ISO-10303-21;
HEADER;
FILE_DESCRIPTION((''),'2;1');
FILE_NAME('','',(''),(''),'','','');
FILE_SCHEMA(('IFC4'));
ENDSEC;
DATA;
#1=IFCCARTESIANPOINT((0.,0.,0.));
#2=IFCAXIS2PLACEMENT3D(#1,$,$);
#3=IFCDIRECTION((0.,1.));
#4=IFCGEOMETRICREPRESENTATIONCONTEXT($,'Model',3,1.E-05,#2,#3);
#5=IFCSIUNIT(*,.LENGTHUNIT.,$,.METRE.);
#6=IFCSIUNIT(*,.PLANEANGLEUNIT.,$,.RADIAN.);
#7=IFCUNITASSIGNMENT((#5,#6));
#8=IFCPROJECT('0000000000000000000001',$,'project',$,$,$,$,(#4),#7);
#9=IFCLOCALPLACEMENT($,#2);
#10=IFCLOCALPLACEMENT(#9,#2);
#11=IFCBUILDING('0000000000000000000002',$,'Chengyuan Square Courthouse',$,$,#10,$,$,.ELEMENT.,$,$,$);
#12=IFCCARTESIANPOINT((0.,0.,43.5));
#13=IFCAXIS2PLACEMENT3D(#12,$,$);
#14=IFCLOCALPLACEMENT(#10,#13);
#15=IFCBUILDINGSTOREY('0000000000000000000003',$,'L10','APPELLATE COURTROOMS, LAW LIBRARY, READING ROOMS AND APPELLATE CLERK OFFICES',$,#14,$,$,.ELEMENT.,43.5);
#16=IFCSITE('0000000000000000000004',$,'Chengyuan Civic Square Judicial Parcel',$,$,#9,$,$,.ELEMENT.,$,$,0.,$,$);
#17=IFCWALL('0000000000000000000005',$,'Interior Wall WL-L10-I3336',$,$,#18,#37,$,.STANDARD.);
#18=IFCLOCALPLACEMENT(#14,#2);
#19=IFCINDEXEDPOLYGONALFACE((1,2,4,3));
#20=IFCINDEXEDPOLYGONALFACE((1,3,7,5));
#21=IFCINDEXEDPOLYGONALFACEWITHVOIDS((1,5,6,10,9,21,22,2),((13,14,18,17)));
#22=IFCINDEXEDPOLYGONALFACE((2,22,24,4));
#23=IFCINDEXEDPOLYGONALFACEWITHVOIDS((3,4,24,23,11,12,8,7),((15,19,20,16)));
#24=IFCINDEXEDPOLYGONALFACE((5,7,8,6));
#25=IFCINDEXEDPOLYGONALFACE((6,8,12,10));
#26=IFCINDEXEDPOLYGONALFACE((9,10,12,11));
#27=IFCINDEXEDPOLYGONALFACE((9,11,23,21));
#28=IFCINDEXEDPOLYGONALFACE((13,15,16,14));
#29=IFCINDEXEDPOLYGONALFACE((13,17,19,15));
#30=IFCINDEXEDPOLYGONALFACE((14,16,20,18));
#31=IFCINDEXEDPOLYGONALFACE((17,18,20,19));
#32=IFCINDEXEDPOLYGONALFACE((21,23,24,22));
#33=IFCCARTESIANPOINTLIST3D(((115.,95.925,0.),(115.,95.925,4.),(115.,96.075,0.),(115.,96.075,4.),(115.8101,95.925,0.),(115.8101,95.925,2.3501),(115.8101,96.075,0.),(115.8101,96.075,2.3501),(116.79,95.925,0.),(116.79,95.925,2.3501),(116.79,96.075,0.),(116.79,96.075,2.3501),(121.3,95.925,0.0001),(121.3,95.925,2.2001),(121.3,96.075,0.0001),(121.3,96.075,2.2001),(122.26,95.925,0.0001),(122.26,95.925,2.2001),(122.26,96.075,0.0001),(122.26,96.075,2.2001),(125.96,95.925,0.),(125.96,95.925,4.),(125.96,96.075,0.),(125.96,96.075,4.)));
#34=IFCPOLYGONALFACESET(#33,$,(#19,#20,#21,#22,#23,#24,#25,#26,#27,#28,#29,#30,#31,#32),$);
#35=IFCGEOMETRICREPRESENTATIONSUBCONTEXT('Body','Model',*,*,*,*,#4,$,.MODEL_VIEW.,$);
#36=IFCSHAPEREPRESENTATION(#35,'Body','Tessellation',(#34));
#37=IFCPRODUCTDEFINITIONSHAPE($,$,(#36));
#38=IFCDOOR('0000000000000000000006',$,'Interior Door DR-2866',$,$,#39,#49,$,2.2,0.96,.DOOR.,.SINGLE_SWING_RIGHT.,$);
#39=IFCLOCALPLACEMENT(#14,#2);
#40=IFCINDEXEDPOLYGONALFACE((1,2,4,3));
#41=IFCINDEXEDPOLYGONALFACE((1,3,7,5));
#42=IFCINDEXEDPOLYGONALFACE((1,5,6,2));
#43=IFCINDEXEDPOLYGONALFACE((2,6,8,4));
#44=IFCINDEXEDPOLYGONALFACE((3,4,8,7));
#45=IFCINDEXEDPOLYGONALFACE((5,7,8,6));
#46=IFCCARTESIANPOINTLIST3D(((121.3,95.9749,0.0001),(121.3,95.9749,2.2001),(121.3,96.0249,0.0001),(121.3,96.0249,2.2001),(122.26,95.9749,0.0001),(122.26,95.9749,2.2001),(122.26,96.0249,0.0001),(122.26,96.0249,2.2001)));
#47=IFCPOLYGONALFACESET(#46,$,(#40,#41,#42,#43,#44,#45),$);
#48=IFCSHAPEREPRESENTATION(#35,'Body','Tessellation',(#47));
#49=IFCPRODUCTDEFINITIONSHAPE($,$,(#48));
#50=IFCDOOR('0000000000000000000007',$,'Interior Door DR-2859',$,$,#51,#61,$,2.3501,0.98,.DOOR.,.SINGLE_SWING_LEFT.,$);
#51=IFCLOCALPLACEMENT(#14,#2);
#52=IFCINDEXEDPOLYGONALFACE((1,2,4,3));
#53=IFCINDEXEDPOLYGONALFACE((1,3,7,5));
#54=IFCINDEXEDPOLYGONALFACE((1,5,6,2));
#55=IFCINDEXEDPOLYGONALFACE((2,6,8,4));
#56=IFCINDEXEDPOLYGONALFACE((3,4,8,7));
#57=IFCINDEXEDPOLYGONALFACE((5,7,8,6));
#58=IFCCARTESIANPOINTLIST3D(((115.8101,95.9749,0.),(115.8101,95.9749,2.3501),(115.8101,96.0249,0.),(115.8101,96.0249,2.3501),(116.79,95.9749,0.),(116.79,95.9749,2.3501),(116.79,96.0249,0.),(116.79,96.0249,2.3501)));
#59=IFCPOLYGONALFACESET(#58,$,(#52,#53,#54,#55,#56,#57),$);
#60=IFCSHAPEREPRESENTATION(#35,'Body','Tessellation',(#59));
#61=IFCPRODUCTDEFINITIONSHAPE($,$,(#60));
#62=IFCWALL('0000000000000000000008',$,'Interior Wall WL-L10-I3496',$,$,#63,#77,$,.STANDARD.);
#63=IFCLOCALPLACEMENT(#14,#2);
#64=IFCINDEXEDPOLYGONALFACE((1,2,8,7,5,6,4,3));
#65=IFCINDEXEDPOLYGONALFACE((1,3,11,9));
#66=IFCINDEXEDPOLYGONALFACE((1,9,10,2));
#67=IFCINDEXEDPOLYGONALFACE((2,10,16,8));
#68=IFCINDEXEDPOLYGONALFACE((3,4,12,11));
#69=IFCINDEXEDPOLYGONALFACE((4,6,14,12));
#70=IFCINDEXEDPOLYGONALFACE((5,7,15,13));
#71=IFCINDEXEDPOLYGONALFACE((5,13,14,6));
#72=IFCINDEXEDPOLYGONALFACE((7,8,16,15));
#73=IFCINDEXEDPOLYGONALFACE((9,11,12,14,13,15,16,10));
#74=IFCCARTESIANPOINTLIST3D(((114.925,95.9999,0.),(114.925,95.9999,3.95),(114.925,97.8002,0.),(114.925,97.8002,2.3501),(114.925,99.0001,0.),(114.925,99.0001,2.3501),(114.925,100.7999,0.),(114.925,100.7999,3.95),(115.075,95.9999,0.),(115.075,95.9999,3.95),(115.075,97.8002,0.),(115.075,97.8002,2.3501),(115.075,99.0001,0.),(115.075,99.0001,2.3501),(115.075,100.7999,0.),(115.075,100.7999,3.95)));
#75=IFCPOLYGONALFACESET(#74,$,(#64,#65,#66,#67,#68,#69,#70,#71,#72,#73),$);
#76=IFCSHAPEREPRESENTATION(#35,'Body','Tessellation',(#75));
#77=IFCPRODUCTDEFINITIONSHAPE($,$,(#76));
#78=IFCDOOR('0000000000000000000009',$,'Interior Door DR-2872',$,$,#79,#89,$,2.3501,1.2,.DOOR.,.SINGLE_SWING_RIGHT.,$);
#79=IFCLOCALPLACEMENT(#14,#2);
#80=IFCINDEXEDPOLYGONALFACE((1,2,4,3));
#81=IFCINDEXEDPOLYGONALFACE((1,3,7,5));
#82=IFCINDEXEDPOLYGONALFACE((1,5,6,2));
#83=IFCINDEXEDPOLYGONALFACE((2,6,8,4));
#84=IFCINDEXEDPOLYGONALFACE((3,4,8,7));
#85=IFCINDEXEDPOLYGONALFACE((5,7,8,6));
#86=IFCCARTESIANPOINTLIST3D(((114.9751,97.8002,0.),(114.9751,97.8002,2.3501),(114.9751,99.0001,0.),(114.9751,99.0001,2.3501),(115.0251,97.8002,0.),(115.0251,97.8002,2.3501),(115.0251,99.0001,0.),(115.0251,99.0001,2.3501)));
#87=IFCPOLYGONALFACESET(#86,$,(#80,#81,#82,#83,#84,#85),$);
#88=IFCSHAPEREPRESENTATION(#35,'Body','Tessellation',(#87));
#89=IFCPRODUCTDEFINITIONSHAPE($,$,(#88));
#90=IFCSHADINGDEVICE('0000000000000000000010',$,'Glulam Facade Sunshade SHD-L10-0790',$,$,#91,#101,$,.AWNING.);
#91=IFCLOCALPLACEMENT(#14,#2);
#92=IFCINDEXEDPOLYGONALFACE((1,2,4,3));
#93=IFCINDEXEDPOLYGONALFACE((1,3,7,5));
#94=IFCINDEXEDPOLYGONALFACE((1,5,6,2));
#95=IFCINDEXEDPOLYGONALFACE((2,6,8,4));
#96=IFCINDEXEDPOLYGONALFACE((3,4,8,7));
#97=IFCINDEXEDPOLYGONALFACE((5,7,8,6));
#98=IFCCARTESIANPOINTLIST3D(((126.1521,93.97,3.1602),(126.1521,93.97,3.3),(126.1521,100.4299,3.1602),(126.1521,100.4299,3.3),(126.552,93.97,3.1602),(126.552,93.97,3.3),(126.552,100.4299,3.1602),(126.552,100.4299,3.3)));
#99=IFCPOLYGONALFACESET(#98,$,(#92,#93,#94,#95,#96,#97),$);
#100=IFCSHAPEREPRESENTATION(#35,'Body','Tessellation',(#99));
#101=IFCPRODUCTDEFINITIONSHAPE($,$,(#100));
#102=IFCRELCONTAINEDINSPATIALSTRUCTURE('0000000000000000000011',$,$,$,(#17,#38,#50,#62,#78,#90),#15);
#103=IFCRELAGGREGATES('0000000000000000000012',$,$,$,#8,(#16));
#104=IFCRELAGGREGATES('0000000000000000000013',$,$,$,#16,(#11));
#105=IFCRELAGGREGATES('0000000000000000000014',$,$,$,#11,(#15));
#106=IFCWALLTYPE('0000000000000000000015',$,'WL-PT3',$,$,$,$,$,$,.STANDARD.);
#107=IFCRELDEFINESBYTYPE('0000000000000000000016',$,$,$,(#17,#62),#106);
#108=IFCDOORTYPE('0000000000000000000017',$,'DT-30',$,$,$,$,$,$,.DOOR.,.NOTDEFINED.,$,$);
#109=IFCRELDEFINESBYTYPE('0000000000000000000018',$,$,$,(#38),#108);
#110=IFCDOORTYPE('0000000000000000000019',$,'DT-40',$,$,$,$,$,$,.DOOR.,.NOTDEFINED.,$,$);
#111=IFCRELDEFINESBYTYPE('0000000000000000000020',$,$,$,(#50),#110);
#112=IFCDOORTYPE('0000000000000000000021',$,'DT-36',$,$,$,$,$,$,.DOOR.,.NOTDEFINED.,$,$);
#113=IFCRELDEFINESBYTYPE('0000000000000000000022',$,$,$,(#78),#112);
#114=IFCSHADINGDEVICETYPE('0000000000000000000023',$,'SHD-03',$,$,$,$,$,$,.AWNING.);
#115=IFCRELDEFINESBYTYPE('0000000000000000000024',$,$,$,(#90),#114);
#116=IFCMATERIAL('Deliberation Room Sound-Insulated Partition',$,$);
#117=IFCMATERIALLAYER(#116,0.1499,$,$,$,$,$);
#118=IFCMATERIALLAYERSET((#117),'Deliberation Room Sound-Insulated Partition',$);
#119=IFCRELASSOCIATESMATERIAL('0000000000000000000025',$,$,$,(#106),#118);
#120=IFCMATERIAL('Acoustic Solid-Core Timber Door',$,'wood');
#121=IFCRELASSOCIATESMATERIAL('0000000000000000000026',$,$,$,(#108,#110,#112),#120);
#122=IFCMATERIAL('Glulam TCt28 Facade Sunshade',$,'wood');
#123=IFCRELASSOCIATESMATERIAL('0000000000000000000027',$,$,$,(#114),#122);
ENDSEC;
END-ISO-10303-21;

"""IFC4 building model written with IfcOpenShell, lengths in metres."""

from ifc_helpers import new_model, si_unit, direction, frame, frame_2d, origin, origin_2d, place, context, subcontext, project, spatial, rectangle, extrude, material, layer, layer_set, type_object, element, fill, save


model = new_model("IFC4")

# Units and contexts
model_context = context("Model", 3, precision=1e-05, world=origin(), true_north=direction((0.0, 1.0)))
body_context = subcontext(model_context, "Body", "Model", "MODEL_VIEW")
ifc_project = project(units=[si_unit("LENGTHUNIT", "METRE"), si_unit("PLANEANGLEUNIT", "RADIAN")], contexts=[model_context])

# Site, building, storey
site_placement = place(None, origin())
site = spatial("IfcSite", under=ifc_project, at=site_placement, Name="Chengyuan Civic Square Judicial Parcel", CompositionType="ELEMENT", RefElevation=0.0)
building_placement = place(site_placement, origin())
building = spatial("IfcBuilding", under=site, at=building_placement, Name="Chengyuan Square Courthouse", CompositionType="ELEMENT")
storey_placement = place(building_placement, frame((0.0, 0.0, 43.5)))
storey = spatial("IfcBuildingStorey", under=building, at=storey_placement, Name="L10", Description="APPELLATE COURTROOMS, LAW LIBRARY, READING ROOMS AND APPELLATE CLERK OFFICES", CompositionType="ELEMENT", Elevation=43.5)

# Wall, openings, doors
ifc_material_1 = material(Name="Deliberation Room Sound-Insulated Partition")
ifc_layer_1 = layer(ifc_material_1, 0.1499)
ifc_layer_set_1 = layer_set([ifc_layer_1], Name="Deliberation Room Sound-Insulated Partition")
wall_type_1 = type_object("IfcWallType", Name="WL-PT3", PredefinedType="STANDARD", material=ifc_layer_set_1)
wall_1_placement = place(storey_placement, frame((115.0, 96.0, 0.0), z_axis=(0.0, 0.0, 1.0), x_axis=(1.0, 0.0, 0.0)))
wall_1 = element("IfcWall", 1, at=wall_1_placement, inside=storey, type_object=wall_type_1, Name="Interior Wall WL-L10-I3336", PredefinedType="STANDARD", context=body_context, shape_type="SweptSolid", body=[
    extrude(rectangle(XDim=10.96, YDim=0.1499, at=frame_2d((5.48, 0.0))), origin(), (0.0, 0.0, 1.0), 4.0),
])
opening_1_placement = place(wall_1_placement, frame((0.8101, 0.0, 0.0)))
opening_1 = element("IfcOpeningElement", 2, at=opening_1_placement, cuts=wall_1, PredefinedType="OPENING", context=body_context, shape_type="SweptSolid", body=[
    extrude(rectangle(XDim=0.98, YDim=2.3501, at=frame_2d((0.49, 1.175))), frame((0.0, 0.0869, 0.0), z_axis=(0.0, -1.0, 0.0), x_axis=(1.0, 0.0, 0.0)), (0.0, 0.0, 1.0), 0.1738),
])
opening_2_placement = place(wall_1_placement, frame((6.3, 0.0, 0.0)))
opening_2 = element("IfcOpeningElement", 3, at=opening_2_placement, cuts=wall_1, PredefinedType="OPENING", context=body_context, shape_type="SweptSolid", body=[
    extrude(rectangle(XDim=0.96, YDim=2.2, at=frame_2d((0.48, 1.1001))), frame((0.0, 0.0869, 0.0), z_axis=(0.0, -1.0, 0.0), x_axis=(1.0, 0.0, 0.0)), (0.0, 0.0, 1.0), 0.1738),
])
ifc_material_2 = material(Name="Acoustic Solid-Core Timber Door", Category="wood")
door_type_1 = type_object("IfcDoorType", Name="DT-30", OperationType="NOTDEFINED", PredefinedType="DOOR", material=ifc_material_2)
door_1_placement = place(opening_2_placement, origin())
door_1 = element("IfcDoor", 4, at=door_1_placement, inside=storey, type_object=door_type_1, Name="Interior Door DR-2866", OperationType="SINGLE_SWING_RIGHT", OverallHeight=2.2, OverallWidth=0.96, PredefinedType="DOOR", context=body_context, shape_type="SweptSolid", body=[
    extrude(rectangle(XDim=0.96, YDim=2.2, at=frame_2d((0.48, 1.1001))), frame((0.0, 0.0249, 0.0), z_axis=(0.0, -1.0, 0.0), x_axis=(1.0, 0.0, 0.0)), (0.0, 0.0, 1.0), 0.05),
])
fill(opening_2, door_1)
door_type_2 = type_object("IfcDoorType", Name="DT-40", OperationType="NOTDEFINED", PredefinedType="DOOR", material=ifc_material_2)
door_2_placement = place(opening_1_placement, origin())
door_2 = element("IfcDoor", 5, at=door_2_placement, inside=storey, type_object=door_type_2, Name="Interior Door DR-2859", OperationType="SINGLE_SWING_LEFT", OverallHeight=2.3501, OverallWidth=0.98, PredefinedType="DOOR", context=body_context, shape_type="SweptSolid", body=[
    extrude(rectangle(XDim=0.98, YDim=2.3501, at=frame_2d((0.49, 1.175))), frame((0.0, 0.0249, 0.0), z_axis=(0.0, -1.0, 0.0), x_axis=(1.0, 0.0, 0.0)), (0.0, 0.0, 1.0), 0.05),
])
fill(opening_1, door_2)

# Wall, opening, door
wall_2_placement = place(storey_placement, frame((115.0, 96.0, 0.0), z_axis=(0.0, 0.0, 1.0), x_axis=(0.0, 1.0, 0.0)))
wall_2 = element("IfcWall", 6, at=wall_2_placement, inside=storey, type_object=wall_type_1, Name="Interior Wall WL-L10-I3496", PredefinedType="STANDARD", context=body_context, shape_type="SweptSolid", body=[
    extrude(rectangle(XDim=4.8, YDim=0.1499, at=frame_2d((2.3999, 0.0))), origin(), (0.0, 0.0, 1.0), 3.95),
])
opening_3_placement = place(wall_2_placement, frame((1.8, 0.0, 0.0)))
opening_3 = element("IfcOpeningElement", 7, at=opening_3_placement, cuts=wall_2, PredefinedType="OPENING", context=body_context, shape_type="SweptSolid", body=[
    extrude(rectangle(XDim=1.2, YDim=2.3501, at=frame_2d((0.6001, 1.175))), frame((0.0, 0.0869, 0.0), z_axis=(0.0, -1.0, 0.0), x_axis=(1.0, 0.0, 0.0)), (0.0, 0.0, 1.0), 0.1738),
])
door_type_3 = type_object("IfcDoorType", Name="DT-36", OperationType="NOTDEFINED", PredefinedType="DOOR", material=ifc_material_2)
door_3_placement = place(opening_3_placement, origin())
door_3 = element("IfcDoor", 8, at=door_3_placement, inside=storey, type_object=door_type_3, Name="Interior Door DR-2872", OperationType="SINGLE_SWING_RIGHT", OverallHeight=2.3501, OverallWidth=1.2, PredefinedType="DOOR", context=body_context, shape_type="SweptSolid", body=[
    extrude(rectangle(XDim=1.2, YDim=2.3501, at=frame_2d((0.6001, 1.175))), frame((0.0, 0.0249, 0.0), z_axis=(0.0, -1.0, 0.0), x_axis=(1.0, 0.0, 0.0)), (0.0, 0.0, 1.0), 0.05),
])
fill(opening_3, door_3)

# Shading device
ifc_material_3 = material(Name="Glulam TCt28 Facade Sunshade", Category="wood")
shading_device_type = type_object("IfcShadingDeviceType", Name="SHD-03", PredefinedType="AWNING", material=ifc_material_3)
shading_device_placement = place(storey_placement, frame((126.3521, 97.2, 3.1602), z_axis=(0.0, 0.0, 1.0), x_axis=(0.0, 1.0, 0.0)))
element("IfcShadingDevice", 9, at=shading_device_placement, inside=storey, type_object=shading_device_type, Name="Glulam Facade Sunshade SHD-L10-0790", PredefinedType="AWNING", context=body_context, shape_type="SweptSolid", body=[
    extrude(rectangle(XDim=6.46, YDim=0.3999, at=origin_2d()), origin(), (0.0, 0.0, 1.0), 0.1399),
])

save(model, "model.ifc")
